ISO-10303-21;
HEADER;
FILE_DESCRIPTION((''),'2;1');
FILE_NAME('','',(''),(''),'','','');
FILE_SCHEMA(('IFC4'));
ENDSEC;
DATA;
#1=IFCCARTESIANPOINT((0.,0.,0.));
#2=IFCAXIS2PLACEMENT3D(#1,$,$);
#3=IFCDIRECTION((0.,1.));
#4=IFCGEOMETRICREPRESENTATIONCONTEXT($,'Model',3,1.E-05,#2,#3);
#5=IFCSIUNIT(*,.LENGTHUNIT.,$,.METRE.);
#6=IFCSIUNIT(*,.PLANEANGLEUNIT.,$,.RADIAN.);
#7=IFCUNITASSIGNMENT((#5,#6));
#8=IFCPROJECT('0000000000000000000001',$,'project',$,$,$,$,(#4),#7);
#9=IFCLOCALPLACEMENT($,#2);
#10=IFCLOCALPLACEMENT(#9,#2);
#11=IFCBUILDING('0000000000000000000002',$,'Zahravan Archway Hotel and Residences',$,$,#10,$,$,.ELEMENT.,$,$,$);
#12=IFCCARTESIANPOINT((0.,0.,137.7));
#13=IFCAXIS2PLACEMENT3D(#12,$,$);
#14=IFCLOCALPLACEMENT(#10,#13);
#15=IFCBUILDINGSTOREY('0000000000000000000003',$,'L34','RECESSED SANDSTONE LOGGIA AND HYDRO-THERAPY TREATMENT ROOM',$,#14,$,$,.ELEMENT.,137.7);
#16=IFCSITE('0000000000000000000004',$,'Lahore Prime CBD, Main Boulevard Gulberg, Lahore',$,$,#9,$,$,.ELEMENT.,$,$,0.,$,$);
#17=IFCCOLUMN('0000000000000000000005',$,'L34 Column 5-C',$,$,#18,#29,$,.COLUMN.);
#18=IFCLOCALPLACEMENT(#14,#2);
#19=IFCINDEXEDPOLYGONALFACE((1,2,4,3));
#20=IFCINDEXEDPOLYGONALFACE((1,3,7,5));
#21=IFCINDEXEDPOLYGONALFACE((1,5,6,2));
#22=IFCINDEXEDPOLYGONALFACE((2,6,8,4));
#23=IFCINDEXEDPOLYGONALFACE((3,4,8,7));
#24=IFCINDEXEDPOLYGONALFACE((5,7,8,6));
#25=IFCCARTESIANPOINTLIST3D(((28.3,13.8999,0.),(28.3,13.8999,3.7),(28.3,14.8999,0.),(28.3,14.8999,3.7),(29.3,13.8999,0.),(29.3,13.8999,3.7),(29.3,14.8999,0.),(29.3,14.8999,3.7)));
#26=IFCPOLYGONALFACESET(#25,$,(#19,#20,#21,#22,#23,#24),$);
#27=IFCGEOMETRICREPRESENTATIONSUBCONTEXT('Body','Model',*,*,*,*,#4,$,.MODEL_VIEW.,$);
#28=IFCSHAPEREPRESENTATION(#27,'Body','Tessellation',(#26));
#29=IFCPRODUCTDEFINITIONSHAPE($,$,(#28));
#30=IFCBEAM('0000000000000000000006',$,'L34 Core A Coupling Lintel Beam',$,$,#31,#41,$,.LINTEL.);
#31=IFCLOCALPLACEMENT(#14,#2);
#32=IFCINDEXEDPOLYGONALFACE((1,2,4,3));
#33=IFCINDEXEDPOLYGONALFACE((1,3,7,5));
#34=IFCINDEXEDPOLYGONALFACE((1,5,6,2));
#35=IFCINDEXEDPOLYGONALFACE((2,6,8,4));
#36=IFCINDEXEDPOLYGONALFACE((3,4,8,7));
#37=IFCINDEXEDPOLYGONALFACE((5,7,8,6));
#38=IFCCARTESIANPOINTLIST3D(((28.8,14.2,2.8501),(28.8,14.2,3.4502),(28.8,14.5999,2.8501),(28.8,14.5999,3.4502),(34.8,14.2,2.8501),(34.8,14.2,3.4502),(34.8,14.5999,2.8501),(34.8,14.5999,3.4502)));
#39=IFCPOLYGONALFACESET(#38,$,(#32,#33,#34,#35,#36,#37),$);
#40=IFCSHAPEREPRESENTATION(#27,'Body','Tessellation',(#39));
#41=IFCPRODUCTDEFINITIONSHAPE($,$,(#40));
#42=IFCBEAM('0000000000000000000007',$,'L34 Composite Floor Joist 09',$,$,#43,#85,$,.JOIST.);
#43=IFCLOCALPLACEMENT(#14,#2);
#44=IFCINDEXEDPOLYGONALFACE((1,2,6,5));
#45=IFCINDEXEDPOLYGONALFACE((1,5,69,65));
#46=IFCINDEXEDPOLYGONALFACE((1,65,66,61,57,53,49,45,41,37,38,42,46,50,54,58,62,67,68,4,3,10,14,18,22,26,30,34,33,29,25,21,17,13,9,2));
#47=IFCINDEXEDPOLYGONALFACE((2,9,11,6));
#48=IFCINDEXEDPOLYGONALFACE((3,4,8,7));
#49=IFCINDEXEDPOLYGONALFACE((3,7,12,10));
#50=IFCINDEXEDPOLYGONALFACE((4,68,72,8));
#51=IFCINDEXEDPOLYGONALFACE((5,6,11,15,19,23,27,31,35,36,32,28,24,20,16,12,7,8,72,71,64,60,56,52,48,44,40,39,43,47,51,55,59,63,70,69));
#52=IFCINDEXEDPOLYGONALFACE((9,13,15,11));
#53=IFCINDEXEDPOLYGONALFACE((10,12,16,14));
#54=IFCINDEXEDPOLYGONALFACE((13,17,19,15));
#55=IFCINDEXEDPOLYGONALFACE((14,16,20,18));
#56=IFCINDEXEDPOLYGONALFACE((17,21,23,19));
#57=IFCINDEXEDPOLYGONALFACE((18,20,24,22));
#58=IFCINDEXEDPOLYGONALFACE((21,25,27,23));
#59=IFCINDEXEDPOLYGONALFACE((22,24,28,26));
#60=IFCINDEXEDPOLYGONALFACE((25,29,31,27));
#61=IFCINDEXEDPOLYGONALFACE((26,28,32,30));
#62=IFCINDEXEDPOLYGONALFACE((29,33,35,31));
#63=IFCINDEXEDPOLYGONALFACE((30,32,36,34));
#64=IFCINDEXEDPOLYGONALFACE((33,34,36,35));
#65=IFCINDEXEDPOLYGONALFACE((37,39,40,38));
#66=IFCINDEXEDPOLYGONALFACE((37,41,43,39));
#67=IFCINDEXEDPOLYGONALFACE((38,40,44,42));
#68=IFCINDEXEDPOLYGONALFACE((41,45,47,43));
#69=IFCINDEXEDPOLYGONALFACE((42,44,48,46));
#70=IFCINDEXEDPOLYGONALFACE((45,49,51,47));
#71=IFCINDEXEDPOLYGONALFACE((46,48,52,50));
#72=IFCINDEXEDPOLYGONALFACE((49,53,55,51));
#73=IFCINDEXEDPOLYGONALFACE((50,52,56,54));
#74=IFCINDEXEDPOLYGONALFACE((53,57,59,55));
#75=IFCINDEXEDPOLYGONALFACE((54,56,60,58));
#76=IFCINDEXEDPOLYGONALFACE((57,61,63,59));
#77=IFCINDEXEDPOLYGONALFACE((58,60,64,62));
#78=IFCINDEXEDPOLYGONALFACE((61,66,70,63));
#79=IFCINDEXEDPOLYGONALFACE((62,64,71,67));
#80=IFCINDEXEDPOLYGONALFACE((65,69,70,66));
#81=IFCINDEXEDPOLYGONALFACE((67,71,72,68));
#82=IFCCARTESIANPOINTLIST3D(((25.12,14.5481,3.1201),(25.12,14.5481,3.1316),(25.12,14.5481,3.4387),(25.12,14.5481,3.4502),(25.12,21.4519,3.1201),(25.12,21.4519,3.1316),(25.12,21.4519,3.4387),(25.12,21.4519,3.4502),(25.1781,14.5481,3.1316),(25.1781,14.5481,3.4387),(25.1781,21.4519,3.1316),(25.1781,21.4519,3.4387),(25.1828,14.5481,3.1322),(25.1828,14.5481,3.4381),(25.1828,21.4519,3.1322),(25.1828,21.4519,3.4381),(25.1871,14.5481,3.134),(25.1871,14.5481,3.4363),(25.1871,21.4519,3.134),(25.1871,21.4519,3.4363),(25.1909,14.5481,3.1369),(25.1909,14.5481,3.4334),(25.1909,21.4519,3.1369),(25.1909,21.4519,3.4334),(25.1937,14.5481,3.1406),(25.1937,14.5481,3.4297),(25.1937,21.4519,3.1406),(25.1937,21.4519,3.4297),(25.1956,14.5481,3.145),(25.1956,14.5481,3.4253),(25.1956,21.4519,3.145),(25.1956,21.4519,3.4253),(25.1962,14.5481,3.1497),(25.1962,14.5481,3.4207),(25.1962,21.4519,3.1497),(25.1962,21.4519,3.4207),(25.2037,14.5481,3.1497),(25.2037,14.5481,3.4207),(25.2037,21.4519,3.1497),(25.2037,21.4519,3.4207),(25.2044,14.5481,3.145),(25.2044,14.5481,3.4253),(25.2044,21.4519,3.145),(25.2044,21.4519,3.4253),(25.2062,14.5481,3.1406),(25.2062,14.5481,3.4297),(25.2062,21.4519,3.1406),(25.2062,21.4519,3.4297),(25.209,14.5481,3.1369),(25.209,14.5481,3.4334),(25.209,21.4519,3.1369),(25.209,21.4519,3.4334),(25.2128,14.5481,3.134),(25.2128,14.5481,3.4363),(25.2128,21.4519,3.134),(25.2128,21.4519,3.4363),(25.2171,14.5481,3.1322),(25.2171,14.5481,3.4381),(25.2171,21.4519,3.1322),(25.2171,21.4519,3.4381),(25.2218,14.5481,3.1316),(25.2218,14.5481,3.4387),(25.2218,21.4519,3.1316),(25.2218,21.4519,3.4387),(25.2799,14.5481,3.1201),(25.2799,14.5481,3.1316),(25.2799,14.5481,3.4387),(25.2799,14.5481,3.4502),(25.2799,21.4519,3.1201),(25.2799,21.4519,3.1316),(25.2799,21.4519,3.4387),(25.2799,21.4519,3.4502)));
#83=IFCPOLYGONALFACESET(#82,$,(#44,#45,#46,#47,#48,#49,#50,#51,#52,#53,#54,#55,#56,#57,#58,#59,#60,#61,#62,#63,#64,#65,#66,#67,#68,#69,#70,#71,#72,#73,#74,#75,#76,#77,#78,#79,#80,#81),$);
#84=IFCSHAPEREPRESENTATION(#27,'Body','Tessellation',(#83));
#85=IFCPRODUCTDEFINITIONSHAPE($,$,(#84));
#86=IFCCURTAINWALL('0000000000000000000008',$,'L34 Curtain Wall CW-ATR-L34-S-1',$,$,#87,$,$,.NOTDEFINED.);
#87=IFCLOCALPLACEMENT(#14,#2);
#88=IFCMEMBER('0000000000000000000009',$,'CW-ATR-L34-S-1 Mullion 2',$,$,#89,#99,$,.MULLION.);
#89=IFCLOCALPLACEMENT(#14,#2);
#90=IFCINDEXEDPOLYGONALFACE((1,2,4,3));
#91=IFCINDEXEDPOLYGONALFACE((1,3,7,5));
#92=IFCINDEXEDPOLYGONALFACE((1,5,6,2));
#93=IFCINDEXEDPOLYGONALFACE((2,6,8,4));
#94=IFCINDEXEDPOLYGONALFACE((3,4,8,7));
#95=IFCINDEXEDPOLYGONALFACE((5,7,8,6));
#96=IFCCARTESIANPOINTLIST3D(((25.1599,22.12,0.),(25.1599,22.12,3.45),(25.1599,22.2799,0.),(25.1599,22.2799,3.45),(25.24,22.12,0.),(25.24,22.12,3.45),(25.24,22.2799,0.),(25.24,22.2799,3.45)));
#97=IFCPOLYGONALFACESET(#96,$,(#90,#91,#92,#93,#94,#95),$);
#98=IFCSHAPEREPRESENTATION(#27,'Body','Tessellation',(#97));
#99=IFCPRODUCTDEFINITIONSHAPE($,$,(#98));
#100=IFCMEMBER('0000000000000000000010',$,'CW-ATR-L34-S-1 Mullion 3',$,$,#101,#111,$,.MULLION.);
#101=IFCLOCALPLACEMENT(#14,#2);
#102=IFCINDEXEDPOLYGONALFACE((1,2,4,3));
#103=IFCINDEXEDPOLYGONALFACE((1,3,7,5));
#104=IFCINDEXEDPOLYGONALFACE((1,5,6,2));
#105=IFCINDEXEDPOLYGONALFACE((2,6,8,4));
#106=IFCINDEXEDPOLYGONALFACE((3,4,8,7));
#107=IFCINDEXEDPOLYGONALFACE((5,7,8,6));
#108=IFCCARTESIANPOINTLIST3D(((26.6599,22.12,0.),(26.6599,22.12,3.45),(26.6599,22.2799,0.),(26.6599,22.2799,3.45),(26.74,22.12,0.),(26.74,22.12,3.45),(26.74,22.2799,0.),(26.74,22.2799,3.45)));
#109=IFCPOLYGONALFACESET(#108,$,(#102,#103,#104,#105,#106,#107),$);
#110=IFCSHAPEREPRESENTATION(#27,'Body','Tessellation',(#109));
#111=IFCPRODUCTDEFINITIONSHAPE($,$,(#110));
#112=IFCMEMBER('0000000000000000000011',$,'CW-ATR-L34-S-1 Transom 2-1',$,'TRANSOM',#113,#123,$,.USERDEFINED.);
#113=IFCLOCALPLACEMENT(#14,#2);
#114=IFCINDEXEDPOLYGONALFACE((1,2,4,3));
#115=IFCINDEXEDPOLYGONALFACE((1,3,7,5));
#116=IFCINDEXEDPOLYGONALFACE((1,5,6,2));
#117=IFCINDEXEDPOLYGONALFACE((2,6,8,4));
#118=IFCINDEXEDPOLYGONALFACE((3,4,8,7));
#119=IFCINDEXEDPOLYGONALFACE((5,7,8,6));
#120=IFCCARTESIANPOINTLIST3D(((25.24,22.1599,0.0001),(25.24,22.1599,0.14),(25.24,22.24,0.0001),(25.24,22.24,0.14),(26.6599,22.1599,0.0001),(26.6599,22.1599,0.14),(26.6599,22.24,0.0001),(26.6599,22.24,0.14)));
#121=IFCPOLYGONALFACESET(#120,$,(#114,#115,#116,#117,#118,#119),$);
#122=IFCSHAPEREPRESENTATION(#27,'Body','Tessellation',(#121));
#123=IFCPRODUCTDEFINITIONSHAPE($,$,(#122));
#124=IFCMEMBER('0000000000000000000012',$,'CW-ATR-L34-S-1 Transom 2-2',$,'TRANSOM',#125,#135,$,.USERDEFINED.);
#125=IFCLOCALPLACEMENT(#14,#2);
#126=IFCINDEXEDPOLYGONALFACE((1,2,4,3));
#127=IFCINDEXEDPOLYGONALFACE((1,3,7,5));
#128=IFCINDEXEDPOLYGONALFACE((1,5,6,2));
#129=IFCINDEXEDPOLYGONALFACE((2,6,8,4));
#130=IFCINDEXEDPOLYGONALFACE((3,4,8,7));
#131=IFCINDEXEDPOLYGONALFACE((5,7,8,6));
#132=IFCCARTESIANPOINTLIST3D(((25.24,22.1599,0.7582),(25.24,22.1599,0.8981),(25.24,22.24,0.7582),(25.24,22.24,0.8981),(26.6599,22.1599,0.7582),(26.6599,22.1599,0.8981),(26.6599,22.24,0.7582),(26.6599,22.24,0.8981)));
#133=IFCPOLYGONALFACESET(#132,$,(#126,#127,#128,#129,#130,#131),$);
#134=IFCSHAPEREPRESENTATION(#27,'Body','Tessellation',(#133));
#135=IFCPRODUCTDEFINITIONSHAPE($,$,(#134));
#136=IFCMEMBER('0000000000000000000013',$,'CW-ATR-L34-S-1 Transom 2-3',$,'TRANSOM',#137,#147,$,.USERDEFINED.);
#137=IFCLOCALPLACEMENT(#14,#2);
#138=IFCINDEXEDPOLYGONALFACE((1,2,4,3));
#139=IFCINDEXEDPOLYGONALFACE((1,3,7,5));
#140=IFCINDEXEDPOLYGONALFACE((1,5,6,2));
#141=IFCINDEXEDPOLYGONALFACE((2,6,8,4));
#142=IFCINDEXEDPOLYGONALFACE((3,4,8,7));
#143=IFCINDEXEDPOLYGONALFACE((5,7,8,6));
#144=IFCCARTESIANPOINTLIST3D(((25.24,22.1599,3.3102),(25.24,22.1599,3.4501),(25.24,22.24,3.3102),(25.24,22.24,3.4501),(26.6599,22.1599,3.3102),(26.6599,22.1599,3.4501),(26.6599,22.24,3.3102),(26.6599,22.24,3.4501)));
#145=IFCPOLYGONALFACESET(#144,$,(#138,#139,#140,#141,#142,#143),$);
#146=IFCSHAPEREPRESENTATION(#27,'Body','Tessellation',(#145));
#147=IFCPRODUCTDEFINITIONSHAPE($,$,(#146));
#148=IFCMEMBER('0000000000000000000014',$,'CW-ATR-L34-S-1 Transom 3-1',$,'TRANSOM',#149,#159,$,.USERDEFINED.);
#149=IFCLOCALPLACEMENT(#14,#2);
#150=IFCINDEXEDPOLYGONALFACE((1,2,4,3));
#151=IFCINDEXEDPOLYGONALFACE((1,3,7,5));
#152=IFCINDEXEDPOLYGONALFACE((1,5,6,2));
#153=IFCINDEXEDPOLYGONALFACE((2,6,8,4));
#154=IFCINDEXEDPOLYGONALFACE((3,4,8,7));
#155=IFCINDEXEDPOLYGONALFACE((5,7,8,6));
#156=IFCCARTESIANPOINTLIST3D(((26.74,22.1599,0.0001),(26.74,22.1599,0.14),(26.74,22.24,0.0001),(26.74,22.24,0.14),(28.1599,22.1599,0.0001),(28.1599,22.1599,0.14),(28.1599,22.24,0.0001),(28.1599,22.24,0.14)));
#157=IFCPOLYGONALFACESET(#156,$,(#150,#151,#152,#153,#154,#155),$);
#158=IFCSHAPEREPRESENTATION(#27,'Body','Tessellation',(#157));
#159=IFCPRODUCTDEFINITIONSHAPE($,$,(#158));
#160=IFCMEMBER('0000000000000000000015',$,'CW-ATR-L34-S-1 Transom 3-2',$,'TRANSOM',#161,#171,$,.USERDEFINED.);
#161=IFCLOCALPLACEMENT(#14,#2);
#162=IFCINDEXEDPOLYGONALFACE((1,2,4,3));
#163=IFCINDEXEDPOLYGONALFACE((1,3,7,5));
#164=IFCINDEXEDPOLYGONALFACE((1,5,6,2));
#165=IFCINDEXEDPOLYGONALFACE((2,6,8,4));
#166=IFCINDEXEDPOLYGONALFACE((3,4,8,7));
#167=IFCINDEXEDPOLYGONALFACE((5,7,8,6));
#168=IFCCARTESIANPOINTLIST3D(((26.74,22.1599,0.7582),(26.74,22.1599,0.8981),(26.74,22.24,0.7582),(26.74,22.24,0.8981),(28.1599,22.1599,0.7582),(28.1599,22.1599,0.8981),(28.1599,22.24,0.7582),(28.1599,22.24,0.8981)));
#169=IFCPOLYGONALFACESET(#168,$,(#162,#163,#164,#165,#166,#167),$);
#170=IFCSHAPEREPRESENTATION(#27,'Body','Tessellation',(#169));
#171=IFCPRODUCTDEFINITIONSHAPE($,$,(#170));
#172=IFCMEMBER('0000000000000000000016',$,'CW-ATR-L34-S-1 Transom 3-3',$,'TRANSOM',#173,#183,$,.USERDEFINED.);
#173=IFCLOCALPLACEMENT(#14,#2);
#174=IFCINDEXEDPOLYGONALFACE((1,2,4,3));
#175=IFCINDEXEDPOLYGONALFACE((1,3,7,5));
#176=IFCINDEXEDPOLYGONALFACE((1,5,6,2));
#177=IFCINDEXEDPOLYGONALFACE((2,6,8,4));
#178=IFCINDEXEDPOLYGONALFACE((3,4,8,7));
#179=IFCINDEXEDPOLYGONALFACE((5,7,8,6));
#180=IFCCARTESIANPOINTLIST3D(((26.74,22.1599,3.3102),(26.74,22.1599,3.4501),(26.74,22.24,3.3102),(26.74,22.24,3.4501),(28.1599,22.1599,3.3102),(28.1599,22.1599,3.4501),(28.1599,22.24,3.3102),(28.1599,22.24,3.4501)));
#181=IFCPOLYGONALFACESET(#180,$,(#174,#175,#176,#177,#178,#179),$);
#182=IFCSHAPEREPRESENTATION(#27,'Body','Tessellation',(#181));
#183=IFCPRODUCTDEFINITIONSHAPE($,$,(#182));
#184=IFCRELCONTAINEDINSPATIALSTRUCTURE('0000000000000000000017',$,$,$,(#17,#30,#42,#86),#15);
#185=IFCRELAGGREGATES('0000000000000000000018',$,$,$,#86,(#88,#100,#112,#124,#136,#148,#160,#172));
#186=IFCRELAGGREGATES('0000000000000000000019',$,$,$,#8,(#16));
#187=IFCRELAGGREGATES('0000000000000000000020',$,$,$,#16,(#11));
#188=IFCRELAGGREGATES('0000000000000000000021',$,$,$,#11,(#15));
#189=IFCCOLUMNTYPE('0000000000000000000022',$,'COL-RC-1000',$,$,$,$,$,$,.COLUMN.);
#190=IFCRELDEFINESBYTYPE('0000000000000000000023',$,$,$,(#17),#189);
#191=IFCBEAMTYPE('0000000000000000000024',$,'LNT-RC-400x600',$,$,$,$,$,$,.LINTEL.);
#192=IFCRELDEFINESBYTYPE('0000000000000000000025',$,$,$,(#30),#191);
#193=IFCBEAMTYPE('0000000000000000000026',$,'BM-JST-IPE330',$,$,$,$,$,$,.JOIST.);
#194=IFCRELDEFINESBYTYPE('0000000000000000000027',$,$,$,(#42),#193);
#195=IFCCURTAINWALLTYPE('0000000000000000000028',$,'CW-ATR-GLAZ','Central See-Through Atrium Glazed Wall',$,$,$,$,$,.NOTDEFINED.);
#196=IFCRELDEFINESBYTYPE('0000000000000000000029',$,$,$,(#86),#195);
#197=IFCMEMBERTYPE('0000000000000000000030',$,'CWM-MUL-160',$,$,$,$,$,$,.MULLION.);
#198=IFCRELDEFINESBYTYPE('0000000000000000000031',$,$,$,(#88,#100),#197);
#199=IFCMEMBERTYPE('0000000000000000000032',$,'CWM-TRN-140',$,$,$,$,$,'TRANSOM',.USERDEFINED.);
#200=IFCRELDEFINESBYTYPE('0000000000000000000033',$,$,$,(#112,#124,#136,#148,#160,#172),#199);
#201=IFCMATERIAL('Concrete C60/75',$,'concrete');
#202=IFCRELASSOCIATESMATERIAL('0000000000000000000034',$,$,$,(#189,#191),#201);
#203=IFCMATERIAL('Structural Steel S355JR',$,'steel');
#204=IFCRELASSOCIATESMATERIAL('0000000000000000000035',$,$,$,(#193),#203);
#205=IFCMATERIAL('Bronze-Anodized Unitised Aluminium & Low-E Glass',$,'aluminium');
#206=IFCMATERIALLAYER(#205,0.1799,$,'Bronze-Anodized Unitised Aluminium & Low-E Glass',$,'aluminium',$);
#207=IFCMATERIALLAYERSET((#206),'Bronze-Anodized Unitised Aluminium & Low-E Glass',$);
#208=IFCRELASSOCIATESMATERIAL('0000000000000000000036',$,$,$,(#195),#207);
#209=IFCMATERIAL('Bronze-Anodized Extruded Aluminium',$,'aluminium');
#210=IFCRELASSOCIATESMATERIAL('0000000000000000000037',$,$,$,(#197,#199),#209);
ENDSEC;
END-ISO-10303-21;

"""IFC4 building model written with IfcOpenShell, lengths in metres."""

from ifc_helpers import new_model, si_unit, direction, frame, origin, origin_2d, place, context, subcontext, project, spatial, rectangle, i_section, extrude, source, transform, mapped, material, layer, layer_set, material_profile, profile_set, type_object, type_shapes, element, aggregate, save


model = new_model("IFC4")

# Units and contexts
model_context = context("Model", 3, precision=1e-05, world=origin(), true_north=direction((0.0, 1.0)))
body_context = subcontext(model_context, "Body", "Model", "MODEL_VIEW")
ifc_project = project(units=[si_unit("LENGTHUNIT", "METRE"), si_unit("PLANEANGLEUNIT", "RADIAN")], contexts=[model_context])

# Site, building, storey
site_placement = place(None, origin())
site = spatial("IfcSite", under=ifc_project, at=site_placement, Name="Lahore Prime CBD, Main Boulevard Gulberg, Lahore", CompositionType="ELEMENT", RefElevation=0.0)
building_placement = place(site_placement, origin())
building = spatial("IfcBuilding", under=site, at=building_placement, Name="Zahravan Archway Hotel and Residences", CompositionType="ELEMENT")
storey_placement = place(building_placement, frame((0.0, 0.0, 137.7)))
storey = spatial("IfcBuildingStorey", under=building, at=storey_placement, Name="L34", Description="RECESSED SANDSTONE LOGGIA AND HYDRO-THERAPY TREATMENT ROOM", CompositionType="ELEMENT", Elevation=137.7)

# Column
ifc_material_1 = material(Name="Concrete C60/75", Category="concrete")
ifc_material_profile_1 = material_profile(ifc_material_1, rectangle(XDim=1.0, YDim=1.0, at=origin_2d()), Name="RC-COL-1000x1000", Category="concrete")
ifc_profile_set_1 = profile_set([ifc_material_profile_1], Name="Concrete C60/75")
column_type = type_object("IfcColumnType", Name="COL-RC-1000", PredefinedType="COLUMN", material=ifc_profile_set_1)
shared_shape_1 = source(origin(), body_context, "Body", "SweptSolid", [
    extrude(rectangle(XDim=1.0, YDim=1.0, at=origin_2d()), origin(), (0.0, 0.0, 1.0), 3.7),
])
type_shapes(column_type, [shared_shape_1])
column_placement = place(storey_placement, frame((28.8, 14.3999, 0.0), z_axis=(0.0, 0.0, 1.0), x_axis=(1.0, 0.0, 0.0)))
element("IfcColumn", 1, at=column_placement, inside=storey, type_object=column_type, Name="L34 Column 5-C", PredefinedType="COLUMN", context=body_context, shape_type="MappedRepresentation", body=[
    mapped(shared_shape_1, transform((0.0, 0.0, 0.0), scale=1.0)),
])

# Beams
ifc_material_profile_2 = material_profile(ifc_material_1, rectangle(XDim=0.3999, YDim=0.6001, at=origin_2d()), Name="RC-LNT-400x600", Category="concrete")
ifc_profile_set_2 = profile_set([ifc_material_profile_2], Name="Concrete C60/75")
beam_type_1 = type_object("IfcBeamType", Name="LNT-RC-400x600", PredefinedType="LINTEL", material=ifc_profile_set_2)
shared_shape_2 = source(origin(), body_context, "Body", "SweptSolid", [
    extrude(rectangle(XDim=0.3999, YDim=0.6001, at=origin_2d()), origin(), (0.0, 0.0, 1.0), 6.0),
])
type_shapes(beam_type_1, [shared_shape_2])
beam_1_placement = place(storey_placement, frame((28.8, 14.3999, 3.1501), z_axis=(1.0, 0.0, 0.0), x_axis=(0.0, 1.0, 0.0)))
element("IfcBeam", 2, at=beam_1_placement, inside=storey, type_object=beam_type_1, Name="L34 Core A Coupling Lintel Beam", PredefinedType="LINTEL", context=body_context, shape_type="MappedRepresentation", body=[
    mapped(shared_shape_2, transform((0.0, 0.0, 0.0), scale=1.0)),
])
ifc_material_2 = material(Name="Structural Steel S355JR", Category="steel")
ifc_material_profile_3 = material_profile(ifc_material_2, i_section(OverallWidth=0.1599, OverallDepth=0.3301, WebThickness=0.0076, FlangeThickness=0.0115, FilletRadius=0.0181, at=origin_2d()), Name="IPE 330", Category="steel")
ifc_profile_set_3 = profile_set([ifc_material_profile_3], Name="Structural Steel S355JR")
beam_type_2 = type_object("IfcBeamType", Name="BM-JST-IPE330", PredefinedType="JOIST", material=ifc_profile_set_3)
shared_shape_3 = source(origin(), body_context, "Body", "SweptSolid", [
    extrude(i_section(OverallWidth=0.1599, OverallDepth=0.3301, WebThickness=0.0076, FlangeThickness=0.0115, FilletRadius=0.0181, at=origin_2d()), origin(), (0.0, 0.0, 1.0), 6.9038),
])
beam_2_placement = place(storey_placement, frame((25.2, 14.5481, 3.2852), z_axis=(0.0, 1.0, 0.0), x_axis=(-1.0, 0.0, 0.0)))
element("IfcBeam", 3, at=beam_2_placement, inside=storey, type_object=beam_type_2, Name="L34 Composite Floor Joist 09", PredefinedType="JOIST", context=body_context, shape_type="MappedRepresentation", body=[
    mapped(shared_shape_3, transform((0.0, 0.0, 0.0), scale=1.0)),
])

# Curtain wall, members
ifc_material_3 = material(Name="Bronze-Anodized Unitised Aluminium & Low-E Glass", Category="aluminium")
ifc_layer_1 = layer(ifc_material_3, 0.1799, Name="Bronze-Anodized Unitised Aluminium & Low-E Glass", Category="aluminium")
ifc_layer_set_1 = layer_set([ifc_layer_1], Name="Bronze-Anodized Unitised Aluminium & Low-E Glass")
curtain_wall_type = type_object("IfcCurtainWallType", Name="CW-ATR-GLAZ", Description="Central See-Through Atrium Glazed Wall", PredefinedType="NOTDEFINED", material=ifc_layer_set_1)
curtain_wall_placement = place(storey_placement, origin())
curtain_wall = element("IfcCurtainWall", 4, at=curtain_wall_placement, inside=storey, type_object=curtain_wall_type, Name="L34 Curtain Wall CW-ATR-L34-S-1", PredefinedType="NOTDEFINED")
ifc_material_4 = material(Name="Bronze-Anodized Extruded Aluminium", Category="aluminium")
ifc_material_profile_4 = material_profile(ifc_material_4, rectangle(XDim=0.0801, YDim=0.1599, at=origin_2d()), Name="MUL 80x160", Category="aluminium")
ifc_profile_set_4 = profile_set([ifc_material_profile_4], Name="Bronze-Anodized Extruded Aluminium")
member_type_1 = type_object("IfcMemberType", Name="CWM-MUL-160", PredefinedType="MULLION", material=ifc_profile_set_4)
shared_shape_4 = source(origin(), body_context, "Body", "SweptSolid", [
    extrude(rectangle(XDim=0.0801, YDim=0.1599, at=origin_2d()), origin(), (0.0, 0.0, 1.0), 3.45),
])
member_1_placement = place(storey_placement, frame((25.2, 22.2, 0.0), z_axis=(0.0, 0.0, 1.0), x_axis=(1.0, 0.0, 0.0)))
member_1 = element("IfcMember", 5, at=member_1_placement, type_object=member_type_1, Name="CW-ATR-L34-S-1 Mullion 2", PredefinedType="MULLION", context=body_context, shape_type="MappedRepresentation", body=[
    mapped(shared_shape_4, transform((0.0, 0.0, 0.0), scale=1.0)),
])
member_2_placement = place(storey_placement, frame((26.7, 22.2, 0.0), z_axis=(0.0, 0.0, 1.0), x_axis=(1.0, 0.0, 0.0)))
member_2 = element("IfcMember", 6, at=member_2_placement, type_object=member_type_1, Name="CW-ATR-L34-S-1 Mullion 3", PredefinedType="MULLION", context=body_context, shape_type="MappedRepresentation", body=[
    mapped(shared_shape_4, transform((0.0, 0.0, 0.0), scale=1.0)),
])
ifc_material_profile_5 = material_profile(ifc_material_4, rectangle(XDim=0.0801, YDim=0.1399, at=origin_2d()), Name="TRN 80x140", Category="aluminium")
ifc_profile_set_5 = profile_set([ifc_material_profile_5], Name="Bronze-Anodized Extruded Aluminium")
member_type_2 = type_object("IfcMemberType", Name="CWM-TRN-140", ElementType="TRANSOM", PredefinedType="USERDEFINED", material=ifc_profile_set_5)
shared_shape_5 = source(origin(), body_context, "Body", "SweptSolid", [
    extrude(rectangle(XDim=0.0801, YDim=0.1399, at=origin_2d()), origin(), (0.0, 0.0, 1.0), 1.4199),
])
member_3_placement = place(storey_placement, frame((25.24, 22.2, 0.0701), z_axis=(1.0, 0.0, 0.0), x_axis=(0.0, 1.0, 0.0)))
member_3 = element("IfcMember", 7, at=member_3_placement, type_object=member_type_2, Name="CW-ATR-L34-S-1 Transom 2-1", ObjectType="TRANSOM", PredefinedType="USERDEFINED", context=body_context, shape_type="MappedRepresentation", body=[
    mapped(shared_shape_5, transform((0.0, 0.0, 0.0), scale=1.0)),
])
member_4_placement = place(storey_placement, frame((25.24, 22.2, 0.8281), z_axis=(1.0, 0.0, 0.0), x_axis=(0.0, 1.0, 0.0)))
member_4 = element("IfcMember", 8, at=member_4_placement, type_object=member_type_2, Name="CW-ATR-L34-S-1 Transom 2-2", ObjectType="TRANSOM", PredefinedType="USERDEFINED", context=body_context, shape_type="MappedRepresentation", body=[
    mapped(shared_shape_5, transform((0.0, 0.0, 0.0), scale=1.0)),
])
member_5_placement = place(storey_placement, frame((25.24, 22.2, 3.3801), z_axis=(1.0, 0.0, 0.0), x_axis=(0.0, 1.0, 0.0)))
member_5 = element("IfcMember", 9, at=member_5_placement, type_object=member_type_2, Name="CW-ATR-L34-S-1 Transom 2-3", ObjectType="TRANSOM", PredefinedType="USERDEFINED", context=body_context, shape_type="MappedRepresentation", body=[
    mapped(shared_shape_5, transform((0.0, 0.0, 0.0), scale=1.0)),
])
member_6_placement = place(storey_placement, frame((26.74, 22.2, 0.0701), z_axis=(1.0, 0.0, 0.0), x_axis=(0.0, 1.0, 0.0)))
member_6 = element("IfcMember", 10, at=member_6_placement, type_object=member_type_2, Name="CW-ATR-L34-S-1 Transom 3-1", ObjectType="TRANSOM", PredefinedType="USERDEFINED", context=body_context, shape_type="MappedRepresentation", body=[
    mapped(shared_shape_5, transform((0.0, 0.0, 0.0), scale=1.0)),
])
member_7_placement = place(storey_placement, frame((26.74, 22.2, 0.8281), z_axis=(1.0, 0.0, 0.0), x_axis=(0.0, 1.0, 0.0)))
member_7 = element("IfcMember", 11, at=member_7_placement, type_object=member_type_2, Name="CW-ATR-L34-S-1 Transom 3-2", ObjectType="TRANSOM", PredefinedType="USERDEFINED", context=body_context, shape_type="MappedRepresentation", body=[
    mapped(shared_shape_5, transform((0.0, 0.0, 0.0), scale=1.0)),
])
member_8_placement = place(storey_placement, frame((26.74, 22.2, 3.3801), z_axis=(1.0, 0.0, 0.0), x_axis=(0.0, 1.0, 0.0)))
member_8 = element("IfcMember", 12, at=member_8_placement, type_object=member_type_2, Name="CW-ATR-L34-S-1 Transom 3-3", ObjectType="TRANSOM", PredefinedType="USERDEFINED", context=body_context, shape_type="MappedRepresentation", body=[
    mapped(shared_shape_5, transform((0.0, 0.0, 0.0), scale=1.0)),
])
aggregate(curtain_wall, [member_1, member_2, member_3, member_4, member_5, member_6, member_7, member_8])

save(model, "model.ifc")
